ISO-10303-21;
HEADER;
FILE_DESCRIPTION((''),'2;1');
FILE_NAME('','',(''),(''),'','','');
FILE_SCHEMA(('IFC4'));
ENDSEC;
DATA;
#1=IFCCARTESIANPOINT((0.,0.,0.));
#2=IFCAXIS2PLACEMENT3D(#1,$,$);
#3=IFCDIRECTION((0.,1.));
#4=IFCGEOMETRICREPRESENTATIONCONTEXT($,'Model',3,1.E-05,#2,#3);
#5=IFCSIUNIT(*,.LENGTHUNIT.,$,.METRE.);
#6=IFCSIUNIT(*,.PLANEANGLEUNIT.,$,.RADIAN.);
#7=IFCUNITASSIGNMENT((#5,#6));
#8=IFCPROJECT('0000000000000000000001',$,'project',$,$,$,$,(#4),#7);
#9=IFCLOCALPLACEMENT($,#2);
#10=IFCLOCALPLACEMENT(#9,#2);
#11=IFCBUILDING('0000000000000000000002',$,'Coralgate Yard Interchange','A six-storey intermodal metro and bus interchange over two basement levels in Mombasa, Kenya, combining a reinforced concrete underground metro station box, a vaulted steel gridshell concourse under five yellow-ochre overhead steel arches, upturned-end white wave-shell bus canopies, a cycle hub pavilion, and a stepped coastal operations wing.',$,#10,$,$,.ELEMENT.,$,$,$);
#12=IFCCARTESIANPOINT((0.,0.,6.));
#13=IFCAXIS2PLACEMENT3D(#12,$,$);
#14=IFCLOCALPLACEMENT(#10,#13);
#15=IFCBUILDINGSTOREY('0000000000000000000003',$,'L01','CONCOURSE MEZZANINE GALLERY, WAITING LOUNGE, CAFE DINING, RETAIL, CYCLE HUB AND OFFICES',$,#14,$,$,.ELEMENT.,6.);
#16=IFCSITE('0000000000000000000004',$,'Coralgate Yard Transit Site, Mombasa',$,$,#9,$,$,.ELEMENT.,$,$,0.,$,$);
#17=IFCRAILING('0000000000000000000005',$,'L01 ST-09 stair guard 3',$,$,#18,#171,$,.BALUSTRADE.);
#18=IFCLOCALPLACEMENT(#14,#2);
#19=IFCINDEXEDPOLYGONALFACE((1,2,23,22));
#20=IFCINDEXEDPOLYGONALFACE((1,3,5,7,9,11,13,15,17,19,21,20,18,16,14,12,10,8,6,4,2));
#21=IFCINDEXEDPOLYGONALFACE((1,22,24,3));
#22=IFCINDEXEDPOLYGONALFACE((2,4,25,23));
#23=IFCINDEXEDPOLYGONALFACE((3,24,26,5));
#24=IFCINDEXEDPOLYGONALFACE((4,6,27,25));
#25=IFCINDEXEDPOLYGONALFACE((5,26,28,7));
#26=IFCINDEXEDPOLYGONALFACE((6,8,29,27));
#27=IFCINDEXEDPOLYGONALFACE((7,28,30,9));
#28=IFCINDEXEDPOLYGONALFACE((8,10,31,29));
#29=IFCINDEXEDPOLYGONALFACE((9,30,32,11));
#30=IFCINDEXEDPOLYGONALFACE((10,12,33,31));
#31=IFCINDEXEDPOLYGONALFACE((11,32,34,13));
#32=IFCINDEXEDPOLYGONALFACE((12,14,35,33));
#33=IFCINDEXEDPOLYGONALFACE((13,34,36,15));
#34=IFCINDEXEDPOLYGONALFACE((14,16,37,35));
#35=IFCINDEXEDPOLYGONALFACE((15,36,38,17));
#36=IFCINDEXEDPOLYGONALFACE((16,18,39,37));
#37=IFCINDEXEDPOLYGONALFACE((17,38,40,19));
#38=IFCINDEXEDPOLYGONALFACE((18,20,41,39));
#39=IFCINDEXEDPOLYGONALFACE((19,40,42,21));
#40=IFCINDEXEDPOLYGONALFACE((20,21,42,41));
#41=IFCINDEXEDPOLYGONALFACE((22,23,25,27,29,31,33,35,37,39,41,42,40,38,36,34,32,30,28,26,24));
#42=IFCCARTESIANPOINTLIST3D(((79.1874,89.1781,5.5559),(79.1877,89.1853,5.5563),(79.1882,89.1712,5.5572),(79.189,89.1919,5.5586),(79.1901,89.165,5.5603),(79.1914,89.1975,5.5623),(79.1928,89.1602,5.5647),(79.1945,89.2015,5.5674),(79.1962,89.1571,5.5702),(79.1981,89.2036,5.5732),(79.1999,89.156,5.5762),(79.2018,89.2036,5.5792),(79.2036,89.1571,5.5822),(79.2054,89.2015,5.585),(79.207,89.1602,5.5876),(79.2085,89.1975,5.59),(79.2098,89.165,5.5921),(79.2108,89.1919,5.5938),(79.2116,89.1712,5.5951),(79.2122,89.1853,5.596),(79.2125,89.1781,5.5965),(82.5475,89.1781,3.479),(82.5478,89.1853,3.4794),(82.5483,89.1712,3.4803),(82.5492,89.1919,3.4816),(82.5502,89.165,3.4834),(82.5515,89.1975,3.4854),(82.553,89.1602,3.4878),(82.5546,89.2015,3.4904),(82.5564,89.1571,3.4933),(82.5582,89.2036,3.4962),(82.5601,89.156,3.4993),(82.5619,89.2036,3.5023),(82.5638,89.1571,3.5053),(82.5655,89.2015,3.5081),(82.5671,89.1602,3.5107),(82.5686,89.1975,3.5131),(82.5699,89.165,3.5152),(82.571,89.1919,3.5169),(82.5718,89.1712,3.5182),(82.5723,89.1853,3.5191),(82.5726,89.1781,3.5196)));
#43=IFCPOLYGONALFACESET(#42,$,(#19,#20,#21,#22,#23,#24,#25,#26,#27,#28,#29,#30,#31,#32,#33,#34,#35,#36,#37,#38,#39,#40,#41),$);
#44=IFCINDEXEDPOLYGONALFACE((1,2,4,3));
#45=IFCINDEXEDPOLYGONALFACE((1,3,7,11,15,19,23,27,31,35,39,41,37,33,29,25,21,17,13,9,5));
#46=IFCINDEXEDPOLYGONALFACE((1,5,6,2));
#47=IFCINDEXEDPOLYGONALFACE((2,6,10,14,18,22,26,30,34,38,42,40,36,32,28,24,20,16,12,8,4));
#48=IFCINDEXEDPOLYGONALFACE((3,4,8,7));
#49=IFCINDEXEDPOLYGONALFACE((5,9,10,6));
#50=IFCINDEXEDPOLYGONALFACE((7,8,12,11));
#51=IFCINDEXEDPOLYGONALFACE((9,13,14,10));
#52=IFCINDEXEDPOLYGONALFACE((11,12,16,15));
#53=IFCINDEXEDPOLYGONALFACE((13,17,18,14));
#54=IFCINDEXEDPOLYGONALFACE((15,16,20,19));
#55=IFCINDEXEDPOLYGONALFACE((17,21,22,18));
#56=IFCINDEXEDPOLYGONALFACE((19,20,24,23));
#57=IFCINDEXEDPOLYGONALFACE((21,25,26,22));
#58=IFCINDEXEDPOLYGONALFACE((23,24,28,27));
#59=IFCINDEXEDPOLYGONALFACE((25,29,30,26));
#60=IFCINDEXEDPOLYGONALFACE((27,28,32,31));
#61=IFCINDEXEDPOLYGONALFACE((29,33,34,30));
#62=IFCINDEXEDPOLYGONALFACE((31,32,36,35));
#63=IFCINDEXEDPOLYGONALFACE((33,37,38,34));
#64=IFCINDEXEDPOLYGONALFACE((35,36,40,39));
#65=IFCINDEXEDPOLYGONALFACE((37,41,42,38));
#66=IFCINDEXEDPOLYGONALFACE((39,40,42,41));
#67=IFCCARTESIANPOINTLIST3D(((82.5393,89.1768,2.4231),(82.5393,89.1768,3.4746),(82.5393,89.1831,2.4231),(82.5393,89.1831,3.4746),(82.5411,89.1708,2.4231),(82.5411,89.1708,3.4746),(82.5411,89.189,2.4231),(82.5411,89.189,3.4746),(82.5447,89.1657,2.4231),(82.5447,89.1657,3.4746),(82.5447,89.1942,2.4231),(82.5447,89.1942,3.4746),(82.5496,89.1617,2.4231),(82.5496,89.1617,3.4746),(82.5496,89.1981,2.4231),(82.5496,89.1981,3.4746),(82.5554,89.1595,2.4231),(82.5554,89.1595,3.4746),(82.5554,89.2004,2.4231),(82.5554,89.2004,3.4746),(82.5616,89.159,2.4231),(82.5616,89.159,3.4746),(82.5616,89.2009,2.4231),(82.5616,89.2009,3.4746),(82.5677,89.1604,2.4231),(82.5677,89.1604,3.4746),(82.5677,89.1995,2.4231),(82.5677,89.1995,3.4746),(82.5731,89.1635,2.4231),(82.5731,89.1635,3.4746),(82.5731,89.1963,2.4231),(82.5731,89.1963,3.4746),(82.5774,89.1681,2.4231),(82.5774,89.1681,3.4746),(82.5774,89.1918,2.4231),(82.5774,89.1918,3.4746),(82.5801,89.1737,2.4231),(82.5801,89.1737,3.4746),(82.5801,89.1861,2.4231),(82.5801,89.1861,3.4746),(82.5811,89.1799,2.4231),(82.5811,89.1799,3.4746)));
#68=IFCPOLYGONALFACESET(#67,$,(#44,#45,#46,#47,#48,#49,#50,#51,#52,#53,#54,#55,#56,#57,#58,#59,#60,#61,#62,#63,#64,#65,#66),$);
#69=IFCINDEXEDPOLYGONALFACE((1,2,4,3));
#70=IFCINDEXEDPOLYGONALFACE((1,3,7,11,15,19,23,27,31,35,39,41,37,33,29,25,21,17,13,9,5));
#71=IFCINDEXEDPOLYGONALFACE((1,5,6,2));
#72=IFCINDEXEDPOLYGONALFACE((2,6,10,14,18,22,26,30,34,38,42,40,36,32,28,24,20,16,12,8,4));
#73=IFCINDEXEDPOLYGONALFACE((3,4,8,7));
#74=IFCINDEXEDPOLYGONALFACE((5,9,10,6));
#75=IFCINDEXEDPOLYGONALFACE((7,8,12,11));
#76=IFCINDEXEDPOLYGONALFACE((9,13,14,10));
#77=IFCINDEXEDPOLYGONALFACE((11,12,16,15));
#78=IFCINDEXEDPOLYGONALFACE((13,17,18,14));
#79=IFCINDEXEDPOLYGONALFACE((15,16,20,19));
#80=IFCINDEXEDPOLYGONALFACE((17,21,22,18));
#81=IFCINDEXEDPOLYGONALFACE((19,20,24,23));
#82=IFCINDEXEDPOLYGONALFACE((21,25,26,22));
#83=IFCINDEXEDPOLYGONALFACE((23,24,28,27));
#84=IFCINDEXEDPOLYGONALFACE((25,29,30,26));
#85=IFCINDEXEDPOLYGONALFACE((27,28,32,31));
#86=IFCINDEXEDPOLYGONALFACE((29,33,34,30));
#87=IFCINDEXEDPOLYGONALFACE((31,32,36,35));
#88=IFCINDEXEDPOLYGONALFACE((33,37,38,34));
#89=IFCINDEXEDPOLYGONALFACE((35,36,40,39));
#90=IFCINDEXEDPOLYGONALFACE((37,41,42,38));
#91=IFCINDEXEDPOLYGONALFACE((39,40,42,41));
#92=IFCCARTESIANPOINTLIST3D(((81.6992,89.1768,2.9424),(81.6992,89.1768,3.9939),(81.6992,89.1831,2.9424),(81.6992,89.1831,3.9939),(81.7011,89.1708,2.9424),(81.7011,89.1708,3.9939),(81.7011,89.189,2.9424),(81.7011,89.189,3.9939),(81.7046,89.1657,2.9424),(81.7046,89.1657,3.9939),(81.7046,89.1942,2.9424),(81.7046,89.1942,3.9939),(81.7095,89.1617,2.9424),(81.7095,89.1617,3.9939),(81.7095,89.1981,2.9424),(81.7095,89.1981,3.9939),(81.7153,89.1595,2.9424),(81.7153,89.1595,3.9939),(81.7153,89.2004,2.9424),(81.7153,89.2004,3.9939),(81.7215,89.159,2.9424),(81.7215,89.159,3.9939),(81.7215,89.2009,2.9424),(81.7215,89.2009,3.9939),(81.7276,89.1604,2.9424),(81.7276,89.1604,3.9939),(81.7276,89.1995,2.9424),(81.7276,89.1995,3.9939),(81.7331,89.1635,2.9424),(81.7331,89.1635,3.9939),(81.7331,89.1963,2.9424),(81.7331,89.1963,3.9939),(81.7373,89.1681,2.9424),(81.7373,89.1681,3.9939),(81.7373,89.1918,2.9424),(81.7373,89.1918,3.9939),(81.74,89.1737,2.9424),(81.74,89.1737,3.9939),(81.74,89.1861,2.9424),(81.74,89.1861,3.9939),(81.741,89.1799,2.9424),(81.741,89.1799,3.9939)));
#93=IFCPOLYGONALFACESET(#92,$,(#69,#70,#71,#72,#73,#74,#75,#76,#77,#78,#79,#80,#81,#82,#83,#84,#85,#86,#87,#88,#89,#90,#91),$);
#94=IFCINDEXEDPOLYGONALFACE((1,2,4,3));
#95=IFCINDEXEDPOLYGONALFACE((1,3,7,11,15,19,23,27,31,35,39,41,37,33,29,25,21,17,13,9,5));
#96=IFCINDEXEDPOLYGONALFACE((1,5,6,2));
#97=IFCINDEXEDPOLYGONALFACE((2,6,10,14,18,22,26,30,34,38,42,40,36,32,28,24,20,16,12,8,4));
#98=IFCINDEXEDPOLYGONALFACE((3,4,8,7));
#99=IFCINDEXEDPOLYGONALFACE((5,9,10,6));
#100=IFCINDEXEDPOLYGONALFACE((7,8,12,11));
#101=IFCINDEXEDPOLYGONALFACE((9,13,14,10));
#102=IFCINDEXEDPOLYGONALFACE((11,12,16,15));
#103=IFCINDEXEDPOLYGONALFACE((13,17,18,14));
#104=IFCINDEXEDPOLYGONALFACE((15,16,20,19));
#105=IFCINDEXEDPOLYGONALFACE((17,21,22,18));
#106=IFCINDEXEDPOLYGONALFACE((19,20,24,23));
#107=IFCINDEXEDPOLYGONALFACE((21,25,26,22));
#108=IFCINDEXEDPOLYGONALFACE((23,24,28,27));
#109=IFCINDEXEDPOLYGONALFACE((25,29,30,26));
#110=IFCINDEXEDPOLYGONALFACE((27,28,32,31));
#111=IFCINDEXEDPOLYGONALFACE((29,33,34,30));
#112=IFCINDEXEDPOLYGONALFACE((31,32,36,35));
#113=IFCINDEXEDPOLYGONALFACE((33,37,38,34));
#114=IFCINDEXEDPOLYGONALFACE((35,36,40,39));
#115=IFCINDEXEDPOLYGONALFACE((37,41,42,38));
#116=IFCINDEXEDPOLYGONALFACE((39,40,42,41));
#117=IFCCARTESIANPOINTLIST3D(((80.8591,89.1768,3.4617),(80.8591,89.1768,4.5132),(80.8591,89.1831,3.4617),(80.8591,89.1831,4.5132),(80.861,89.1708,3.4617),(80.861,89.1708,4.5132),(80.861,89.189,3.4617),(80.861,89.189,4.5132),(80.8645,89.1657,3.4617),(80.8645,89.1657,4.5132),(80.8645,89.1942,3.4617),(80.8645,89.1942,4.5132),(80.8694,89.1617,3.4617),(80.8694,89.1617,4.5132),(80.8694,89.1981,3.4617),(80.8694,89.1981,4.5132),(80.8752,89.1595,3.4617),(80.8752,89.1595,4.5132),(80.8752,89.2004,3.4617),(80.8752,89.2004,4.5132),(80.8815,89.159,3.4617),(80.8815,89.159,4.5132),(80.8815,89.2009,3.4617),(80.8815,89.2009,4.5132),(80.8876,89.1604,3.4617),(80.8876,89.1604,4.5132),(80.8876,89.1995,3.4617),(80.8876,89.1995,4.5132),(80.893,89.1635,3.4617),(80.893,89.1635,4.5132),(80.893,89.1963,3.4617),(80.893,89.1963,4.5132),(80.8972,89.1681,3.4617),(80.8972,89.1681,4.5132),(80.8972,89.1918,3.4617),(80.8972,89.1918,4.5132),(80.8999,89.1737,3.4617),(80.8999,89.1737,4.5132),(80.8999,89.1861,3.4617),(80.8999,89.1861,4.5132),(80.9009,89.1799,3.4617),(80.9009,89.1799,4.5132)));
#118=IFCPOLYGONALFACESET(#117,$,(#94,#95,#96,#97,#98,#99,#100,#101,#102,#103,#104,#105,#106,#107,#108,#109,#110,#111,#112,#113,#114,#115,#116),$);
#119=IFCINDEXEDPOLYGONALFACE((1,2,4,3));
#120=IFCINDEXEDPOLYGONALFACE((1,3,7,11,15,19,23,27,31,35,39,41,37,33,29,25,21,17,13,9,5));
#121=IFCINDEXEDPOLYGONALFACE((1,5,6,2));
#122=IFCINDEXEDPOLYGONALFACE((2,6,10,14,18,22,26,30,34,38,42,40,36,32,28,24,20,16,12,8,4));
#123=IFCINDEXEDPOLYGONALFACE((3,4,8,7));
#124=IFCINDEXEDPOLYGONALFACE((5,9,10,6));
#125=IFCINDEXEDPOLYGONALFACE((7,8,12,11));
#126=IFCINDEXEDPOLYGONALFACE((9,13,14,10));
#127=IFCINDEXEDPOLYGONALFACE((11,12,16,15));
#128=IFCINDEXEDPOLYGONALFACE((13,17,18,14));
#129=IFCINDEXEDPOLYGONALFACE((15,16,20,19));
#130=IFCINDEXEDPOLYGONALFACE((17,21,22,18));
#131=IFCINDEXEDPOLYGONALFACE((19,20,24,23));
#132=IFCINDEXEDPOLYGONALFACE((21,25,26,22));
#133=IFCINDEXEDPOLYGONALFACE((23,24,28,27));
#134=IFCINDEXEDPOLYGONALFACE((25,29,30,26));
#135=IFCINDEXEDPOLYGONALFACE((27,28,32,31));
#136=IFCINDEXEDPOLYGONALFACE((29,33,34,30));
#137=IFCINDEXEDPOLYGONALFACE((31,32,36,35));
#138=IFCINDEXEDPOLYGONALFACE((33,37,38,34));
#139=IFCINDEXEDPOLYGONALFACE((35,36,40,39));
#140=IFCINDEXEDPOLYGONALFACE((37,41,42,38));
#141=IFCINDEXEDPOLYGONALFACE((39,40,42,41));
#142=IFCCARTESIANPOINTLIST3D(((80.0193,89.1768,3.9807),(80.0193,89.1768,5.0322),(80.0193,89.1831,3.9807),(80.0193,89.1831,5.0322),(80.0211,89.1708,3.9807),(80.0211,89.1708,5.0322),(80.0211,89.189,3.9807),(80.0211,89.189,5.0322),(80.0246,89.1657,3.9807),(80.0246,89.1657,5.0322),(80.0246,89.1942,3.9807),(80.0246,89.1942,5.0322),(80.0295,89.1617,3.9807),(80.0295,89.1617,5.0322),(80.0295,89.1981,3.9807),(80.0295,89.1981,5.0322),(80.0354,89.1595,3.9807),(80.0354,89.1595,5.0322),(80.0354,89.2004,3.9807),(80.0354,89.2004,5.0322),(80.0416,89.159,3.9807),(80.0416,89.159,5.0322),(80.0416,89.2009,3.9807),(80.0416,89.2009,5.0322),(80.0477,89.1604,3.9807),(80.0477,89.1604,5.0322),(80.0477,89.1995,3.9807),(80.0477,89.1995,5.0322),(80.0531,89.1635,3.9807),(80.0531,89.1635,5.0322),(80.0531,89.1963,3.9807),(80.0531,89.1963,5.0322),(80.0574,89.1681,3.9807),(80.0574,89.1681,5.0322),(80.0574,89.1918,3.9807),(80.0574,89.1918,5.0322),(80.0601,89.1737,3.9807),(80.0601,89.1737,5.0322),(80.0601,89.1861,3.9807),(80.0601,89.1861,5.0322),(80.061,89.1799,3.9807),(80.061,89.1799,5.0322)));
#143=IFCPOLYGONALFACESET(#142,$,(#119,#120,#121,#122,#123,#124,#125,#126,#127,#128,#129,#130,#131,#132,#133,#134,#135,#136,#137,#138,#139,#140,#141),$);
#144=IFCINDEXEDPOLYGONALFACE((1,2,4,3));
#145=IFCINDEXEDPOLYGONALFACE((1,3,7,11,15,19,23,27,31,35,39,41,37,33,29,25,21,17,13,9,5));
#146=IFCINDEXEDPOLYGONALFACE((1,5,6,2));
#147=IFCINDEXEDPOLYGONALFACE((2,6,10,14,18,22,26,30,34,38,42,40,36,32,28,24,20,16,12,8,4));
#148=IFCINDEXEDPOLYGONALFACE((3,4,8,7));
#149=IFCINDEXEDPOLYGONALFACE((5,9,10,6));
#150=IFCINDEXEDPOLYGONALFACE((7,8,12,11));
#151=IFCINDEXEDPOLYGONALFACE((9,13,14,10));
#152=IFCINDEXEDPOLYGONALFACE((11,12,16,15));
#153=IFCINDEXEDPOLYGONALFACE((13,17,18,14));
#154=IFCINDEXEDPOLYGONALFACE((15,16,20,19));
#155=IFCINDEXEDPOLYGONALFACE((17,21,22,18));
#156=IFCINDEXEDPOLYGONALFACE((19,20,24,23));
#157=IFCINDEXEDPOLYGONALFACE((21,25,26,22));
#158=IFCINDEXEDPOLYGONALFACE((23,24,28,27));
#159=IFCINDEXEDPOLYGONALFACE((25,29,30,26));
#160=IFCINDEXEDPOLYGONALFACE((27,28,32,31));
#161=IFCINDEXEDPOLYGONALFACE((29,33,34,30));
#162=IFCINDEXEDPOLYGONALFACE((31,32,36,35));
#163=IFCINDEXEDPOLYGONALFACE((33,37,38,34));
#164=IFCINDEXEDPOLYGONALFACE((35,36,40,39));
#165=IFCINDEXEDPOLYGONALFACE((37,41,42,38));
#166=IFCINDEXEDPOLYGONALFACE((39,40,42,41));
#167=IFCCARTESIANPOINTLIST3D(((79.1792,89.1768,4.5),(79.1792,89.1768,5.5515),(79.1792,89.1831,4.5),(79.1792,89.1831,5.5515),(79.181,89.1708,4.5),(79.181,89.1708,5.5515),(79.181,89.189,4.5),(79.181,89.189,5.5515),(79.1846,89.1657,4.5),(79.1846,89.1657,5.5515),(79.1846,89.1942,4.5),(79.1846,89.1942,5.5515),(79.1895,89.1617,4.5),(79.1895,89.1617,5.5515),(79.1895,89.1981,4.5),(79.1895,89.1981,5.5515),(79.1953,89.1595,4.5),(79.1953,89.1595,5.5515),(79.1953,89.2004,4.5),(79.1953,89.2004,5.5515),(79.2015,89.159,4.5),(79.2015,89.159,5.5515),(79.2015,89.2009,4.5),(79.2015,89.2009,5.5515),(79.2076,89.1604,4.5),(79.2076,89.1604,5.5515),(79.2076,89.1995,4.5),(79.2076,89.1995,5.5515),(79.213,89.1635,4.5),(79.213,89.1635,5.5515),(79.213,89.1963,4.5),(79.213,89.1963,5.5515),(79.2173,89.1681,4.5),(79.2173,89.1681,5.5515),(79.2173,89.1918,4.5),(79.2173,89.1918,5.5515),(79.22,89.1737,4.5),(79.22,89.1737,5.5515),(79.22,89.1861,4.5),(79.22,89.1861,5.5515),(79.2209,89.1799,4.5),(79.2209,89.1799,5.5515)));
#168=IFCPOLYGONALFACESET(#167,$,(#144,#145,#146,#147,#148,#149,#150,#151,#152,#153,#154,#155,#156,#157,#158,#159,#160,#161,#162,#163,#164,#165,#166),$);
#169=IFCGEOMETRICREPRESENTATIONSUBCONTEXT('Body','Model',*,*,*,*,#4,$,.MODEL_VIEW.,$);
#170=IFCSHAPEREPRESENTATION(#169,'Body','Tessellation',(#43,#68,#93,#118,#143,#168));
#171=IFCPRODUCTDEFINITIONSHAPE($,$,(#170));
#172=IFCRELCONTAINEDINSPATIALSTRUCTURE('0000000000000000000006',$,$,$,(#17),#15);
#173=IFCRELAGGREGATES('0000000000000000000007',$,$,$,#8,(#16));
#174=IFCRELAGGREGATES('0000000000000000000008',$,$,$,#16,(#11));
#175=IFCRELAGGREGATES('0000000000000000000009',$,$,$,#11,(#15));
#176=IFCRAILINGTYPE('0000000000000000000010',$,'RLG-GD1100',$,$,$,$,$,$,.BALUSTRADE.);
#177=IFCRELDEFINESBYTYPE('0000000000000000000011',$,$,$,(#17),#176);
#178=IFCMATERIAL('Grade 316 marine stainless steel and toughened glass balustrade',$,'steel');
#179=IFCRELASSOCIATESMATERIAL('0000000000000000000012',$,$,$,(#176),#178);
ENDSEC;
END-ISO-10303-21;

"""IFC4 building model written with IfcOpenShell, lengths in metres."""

from ifc_helpers import new_model, si_unit, direction, frame, origin, origin_2d, place, context, subcontext, project, spatial, circle, extrude, material, type_object, element, save


model = new_model("IFC4")

# Units and contexts
model_context = context("Model", 3, precision=1e-05, world=origin(), true_north=direction((0.0, 1.0)))
body_context = subcontext(model_context, "Body", "Model", "MODEL_VIEW")
ifc_project = project(units=[si_unit("LENGTHUNIT", "METRE"), si_unit("PLANEANGLEUNIT", "RADIAN")], contexts=[model_context])

# Site, building, storey
site_placement = place(None, origin())
site = spatial("IfcSite", under=ifc_project, at=site_placement, Name="Coralgate Yard Transit Site, Mombasa", CompositionType="ELEMENT", RefElevation=0.0)
building_placement = place(site_placement, origin())
building = spatial("IfcBuilding", under=site, at=building_placement, Name="Coralgate Yard Interchange", Description="A six-storey intermodal metro and bus interchange over two basement levels in Mombasa, Kenya, combining a reinforced concrete underground metro station box, a vaulted steel gridshell concourse under five yellow-ochre overhead steel arches, upturned-end white wave-shell bus canopies, a cycle hub pavilion, and a stepped coastal operations wing.", CompositionType="ELEMENT")
storey_placement = place(building_placement, frame((0.0, 0.0, 6.0)))
storey = spatial("IfcBuildingStorey", under=building, at=storey_placement, Name="L01", Description="CONCOURSE MEZZANINE GALLERY, WAITING LOUNGE, CAFE DINING, RETAIL, CYCLE HUB AND OFFICES", CompositionType="ELEMENT", Elevation=6.0)

# Railing
ifc_material_1 = material(Name="Grade 316 marine stainless steel and toughened glass balustrade", Category="steel")
railing_type_1 = type_object("IfcRailingType", Name="RLG-GD1100", PredefinedType="BALUSTRADE", material=ifc_material_1)
railing_1_placement = place(storey_placement, frame((82.5601, 89.1799, 2.4231)))
element("IfcRailing", 1, at=railing_1_placement, inside=storey, type_object=railing_type_1, Name="L01 ST-09 stair guard 3", PredefinedType="BALUSTRADE", context=body_context, shape_type="SweptSolid", body=[
    extrude(circle(Radius=0.0239, at=origin_2d()), frame((0.0, 0.0, 1.0762), z_axis=(-0.850623, 0.0, 0.525776), x_axis=(0.0, -1.0, 0.0)), (0.0, 0.0, 1.0), 3.9502),
    extrude(circle(Radius=0.021, at=origin_2d()), origin(), (0.0, 0.0, 1.0), 1.0515),
    extrude(circle(Radius=0.021, at=origin_2d()), frame((-0.8401, 0.0, 0.5193)), (0.0, 0.0, 1.0), 1.0515),
    extrude(circle(Radius=0.021, at=origin_2d()), frame((-1.6802, 0.0, 1.0386)), (0.0, 0.0, 1.0), 1.0515),
    extrude(circle(Radius=0.021, at=origin_2d()), frame((-2.52, 0.0, 1.5576)), (0.0, 0.0, 1.0), 1.0515),
    extrude(circle(Radius=0.021, at=origin_2d()), frame((-3.3601, 0.0, 2.0769)), (0.0, 0.0, 1.0), 1.0515),
])

save(model, "model.ifc")
